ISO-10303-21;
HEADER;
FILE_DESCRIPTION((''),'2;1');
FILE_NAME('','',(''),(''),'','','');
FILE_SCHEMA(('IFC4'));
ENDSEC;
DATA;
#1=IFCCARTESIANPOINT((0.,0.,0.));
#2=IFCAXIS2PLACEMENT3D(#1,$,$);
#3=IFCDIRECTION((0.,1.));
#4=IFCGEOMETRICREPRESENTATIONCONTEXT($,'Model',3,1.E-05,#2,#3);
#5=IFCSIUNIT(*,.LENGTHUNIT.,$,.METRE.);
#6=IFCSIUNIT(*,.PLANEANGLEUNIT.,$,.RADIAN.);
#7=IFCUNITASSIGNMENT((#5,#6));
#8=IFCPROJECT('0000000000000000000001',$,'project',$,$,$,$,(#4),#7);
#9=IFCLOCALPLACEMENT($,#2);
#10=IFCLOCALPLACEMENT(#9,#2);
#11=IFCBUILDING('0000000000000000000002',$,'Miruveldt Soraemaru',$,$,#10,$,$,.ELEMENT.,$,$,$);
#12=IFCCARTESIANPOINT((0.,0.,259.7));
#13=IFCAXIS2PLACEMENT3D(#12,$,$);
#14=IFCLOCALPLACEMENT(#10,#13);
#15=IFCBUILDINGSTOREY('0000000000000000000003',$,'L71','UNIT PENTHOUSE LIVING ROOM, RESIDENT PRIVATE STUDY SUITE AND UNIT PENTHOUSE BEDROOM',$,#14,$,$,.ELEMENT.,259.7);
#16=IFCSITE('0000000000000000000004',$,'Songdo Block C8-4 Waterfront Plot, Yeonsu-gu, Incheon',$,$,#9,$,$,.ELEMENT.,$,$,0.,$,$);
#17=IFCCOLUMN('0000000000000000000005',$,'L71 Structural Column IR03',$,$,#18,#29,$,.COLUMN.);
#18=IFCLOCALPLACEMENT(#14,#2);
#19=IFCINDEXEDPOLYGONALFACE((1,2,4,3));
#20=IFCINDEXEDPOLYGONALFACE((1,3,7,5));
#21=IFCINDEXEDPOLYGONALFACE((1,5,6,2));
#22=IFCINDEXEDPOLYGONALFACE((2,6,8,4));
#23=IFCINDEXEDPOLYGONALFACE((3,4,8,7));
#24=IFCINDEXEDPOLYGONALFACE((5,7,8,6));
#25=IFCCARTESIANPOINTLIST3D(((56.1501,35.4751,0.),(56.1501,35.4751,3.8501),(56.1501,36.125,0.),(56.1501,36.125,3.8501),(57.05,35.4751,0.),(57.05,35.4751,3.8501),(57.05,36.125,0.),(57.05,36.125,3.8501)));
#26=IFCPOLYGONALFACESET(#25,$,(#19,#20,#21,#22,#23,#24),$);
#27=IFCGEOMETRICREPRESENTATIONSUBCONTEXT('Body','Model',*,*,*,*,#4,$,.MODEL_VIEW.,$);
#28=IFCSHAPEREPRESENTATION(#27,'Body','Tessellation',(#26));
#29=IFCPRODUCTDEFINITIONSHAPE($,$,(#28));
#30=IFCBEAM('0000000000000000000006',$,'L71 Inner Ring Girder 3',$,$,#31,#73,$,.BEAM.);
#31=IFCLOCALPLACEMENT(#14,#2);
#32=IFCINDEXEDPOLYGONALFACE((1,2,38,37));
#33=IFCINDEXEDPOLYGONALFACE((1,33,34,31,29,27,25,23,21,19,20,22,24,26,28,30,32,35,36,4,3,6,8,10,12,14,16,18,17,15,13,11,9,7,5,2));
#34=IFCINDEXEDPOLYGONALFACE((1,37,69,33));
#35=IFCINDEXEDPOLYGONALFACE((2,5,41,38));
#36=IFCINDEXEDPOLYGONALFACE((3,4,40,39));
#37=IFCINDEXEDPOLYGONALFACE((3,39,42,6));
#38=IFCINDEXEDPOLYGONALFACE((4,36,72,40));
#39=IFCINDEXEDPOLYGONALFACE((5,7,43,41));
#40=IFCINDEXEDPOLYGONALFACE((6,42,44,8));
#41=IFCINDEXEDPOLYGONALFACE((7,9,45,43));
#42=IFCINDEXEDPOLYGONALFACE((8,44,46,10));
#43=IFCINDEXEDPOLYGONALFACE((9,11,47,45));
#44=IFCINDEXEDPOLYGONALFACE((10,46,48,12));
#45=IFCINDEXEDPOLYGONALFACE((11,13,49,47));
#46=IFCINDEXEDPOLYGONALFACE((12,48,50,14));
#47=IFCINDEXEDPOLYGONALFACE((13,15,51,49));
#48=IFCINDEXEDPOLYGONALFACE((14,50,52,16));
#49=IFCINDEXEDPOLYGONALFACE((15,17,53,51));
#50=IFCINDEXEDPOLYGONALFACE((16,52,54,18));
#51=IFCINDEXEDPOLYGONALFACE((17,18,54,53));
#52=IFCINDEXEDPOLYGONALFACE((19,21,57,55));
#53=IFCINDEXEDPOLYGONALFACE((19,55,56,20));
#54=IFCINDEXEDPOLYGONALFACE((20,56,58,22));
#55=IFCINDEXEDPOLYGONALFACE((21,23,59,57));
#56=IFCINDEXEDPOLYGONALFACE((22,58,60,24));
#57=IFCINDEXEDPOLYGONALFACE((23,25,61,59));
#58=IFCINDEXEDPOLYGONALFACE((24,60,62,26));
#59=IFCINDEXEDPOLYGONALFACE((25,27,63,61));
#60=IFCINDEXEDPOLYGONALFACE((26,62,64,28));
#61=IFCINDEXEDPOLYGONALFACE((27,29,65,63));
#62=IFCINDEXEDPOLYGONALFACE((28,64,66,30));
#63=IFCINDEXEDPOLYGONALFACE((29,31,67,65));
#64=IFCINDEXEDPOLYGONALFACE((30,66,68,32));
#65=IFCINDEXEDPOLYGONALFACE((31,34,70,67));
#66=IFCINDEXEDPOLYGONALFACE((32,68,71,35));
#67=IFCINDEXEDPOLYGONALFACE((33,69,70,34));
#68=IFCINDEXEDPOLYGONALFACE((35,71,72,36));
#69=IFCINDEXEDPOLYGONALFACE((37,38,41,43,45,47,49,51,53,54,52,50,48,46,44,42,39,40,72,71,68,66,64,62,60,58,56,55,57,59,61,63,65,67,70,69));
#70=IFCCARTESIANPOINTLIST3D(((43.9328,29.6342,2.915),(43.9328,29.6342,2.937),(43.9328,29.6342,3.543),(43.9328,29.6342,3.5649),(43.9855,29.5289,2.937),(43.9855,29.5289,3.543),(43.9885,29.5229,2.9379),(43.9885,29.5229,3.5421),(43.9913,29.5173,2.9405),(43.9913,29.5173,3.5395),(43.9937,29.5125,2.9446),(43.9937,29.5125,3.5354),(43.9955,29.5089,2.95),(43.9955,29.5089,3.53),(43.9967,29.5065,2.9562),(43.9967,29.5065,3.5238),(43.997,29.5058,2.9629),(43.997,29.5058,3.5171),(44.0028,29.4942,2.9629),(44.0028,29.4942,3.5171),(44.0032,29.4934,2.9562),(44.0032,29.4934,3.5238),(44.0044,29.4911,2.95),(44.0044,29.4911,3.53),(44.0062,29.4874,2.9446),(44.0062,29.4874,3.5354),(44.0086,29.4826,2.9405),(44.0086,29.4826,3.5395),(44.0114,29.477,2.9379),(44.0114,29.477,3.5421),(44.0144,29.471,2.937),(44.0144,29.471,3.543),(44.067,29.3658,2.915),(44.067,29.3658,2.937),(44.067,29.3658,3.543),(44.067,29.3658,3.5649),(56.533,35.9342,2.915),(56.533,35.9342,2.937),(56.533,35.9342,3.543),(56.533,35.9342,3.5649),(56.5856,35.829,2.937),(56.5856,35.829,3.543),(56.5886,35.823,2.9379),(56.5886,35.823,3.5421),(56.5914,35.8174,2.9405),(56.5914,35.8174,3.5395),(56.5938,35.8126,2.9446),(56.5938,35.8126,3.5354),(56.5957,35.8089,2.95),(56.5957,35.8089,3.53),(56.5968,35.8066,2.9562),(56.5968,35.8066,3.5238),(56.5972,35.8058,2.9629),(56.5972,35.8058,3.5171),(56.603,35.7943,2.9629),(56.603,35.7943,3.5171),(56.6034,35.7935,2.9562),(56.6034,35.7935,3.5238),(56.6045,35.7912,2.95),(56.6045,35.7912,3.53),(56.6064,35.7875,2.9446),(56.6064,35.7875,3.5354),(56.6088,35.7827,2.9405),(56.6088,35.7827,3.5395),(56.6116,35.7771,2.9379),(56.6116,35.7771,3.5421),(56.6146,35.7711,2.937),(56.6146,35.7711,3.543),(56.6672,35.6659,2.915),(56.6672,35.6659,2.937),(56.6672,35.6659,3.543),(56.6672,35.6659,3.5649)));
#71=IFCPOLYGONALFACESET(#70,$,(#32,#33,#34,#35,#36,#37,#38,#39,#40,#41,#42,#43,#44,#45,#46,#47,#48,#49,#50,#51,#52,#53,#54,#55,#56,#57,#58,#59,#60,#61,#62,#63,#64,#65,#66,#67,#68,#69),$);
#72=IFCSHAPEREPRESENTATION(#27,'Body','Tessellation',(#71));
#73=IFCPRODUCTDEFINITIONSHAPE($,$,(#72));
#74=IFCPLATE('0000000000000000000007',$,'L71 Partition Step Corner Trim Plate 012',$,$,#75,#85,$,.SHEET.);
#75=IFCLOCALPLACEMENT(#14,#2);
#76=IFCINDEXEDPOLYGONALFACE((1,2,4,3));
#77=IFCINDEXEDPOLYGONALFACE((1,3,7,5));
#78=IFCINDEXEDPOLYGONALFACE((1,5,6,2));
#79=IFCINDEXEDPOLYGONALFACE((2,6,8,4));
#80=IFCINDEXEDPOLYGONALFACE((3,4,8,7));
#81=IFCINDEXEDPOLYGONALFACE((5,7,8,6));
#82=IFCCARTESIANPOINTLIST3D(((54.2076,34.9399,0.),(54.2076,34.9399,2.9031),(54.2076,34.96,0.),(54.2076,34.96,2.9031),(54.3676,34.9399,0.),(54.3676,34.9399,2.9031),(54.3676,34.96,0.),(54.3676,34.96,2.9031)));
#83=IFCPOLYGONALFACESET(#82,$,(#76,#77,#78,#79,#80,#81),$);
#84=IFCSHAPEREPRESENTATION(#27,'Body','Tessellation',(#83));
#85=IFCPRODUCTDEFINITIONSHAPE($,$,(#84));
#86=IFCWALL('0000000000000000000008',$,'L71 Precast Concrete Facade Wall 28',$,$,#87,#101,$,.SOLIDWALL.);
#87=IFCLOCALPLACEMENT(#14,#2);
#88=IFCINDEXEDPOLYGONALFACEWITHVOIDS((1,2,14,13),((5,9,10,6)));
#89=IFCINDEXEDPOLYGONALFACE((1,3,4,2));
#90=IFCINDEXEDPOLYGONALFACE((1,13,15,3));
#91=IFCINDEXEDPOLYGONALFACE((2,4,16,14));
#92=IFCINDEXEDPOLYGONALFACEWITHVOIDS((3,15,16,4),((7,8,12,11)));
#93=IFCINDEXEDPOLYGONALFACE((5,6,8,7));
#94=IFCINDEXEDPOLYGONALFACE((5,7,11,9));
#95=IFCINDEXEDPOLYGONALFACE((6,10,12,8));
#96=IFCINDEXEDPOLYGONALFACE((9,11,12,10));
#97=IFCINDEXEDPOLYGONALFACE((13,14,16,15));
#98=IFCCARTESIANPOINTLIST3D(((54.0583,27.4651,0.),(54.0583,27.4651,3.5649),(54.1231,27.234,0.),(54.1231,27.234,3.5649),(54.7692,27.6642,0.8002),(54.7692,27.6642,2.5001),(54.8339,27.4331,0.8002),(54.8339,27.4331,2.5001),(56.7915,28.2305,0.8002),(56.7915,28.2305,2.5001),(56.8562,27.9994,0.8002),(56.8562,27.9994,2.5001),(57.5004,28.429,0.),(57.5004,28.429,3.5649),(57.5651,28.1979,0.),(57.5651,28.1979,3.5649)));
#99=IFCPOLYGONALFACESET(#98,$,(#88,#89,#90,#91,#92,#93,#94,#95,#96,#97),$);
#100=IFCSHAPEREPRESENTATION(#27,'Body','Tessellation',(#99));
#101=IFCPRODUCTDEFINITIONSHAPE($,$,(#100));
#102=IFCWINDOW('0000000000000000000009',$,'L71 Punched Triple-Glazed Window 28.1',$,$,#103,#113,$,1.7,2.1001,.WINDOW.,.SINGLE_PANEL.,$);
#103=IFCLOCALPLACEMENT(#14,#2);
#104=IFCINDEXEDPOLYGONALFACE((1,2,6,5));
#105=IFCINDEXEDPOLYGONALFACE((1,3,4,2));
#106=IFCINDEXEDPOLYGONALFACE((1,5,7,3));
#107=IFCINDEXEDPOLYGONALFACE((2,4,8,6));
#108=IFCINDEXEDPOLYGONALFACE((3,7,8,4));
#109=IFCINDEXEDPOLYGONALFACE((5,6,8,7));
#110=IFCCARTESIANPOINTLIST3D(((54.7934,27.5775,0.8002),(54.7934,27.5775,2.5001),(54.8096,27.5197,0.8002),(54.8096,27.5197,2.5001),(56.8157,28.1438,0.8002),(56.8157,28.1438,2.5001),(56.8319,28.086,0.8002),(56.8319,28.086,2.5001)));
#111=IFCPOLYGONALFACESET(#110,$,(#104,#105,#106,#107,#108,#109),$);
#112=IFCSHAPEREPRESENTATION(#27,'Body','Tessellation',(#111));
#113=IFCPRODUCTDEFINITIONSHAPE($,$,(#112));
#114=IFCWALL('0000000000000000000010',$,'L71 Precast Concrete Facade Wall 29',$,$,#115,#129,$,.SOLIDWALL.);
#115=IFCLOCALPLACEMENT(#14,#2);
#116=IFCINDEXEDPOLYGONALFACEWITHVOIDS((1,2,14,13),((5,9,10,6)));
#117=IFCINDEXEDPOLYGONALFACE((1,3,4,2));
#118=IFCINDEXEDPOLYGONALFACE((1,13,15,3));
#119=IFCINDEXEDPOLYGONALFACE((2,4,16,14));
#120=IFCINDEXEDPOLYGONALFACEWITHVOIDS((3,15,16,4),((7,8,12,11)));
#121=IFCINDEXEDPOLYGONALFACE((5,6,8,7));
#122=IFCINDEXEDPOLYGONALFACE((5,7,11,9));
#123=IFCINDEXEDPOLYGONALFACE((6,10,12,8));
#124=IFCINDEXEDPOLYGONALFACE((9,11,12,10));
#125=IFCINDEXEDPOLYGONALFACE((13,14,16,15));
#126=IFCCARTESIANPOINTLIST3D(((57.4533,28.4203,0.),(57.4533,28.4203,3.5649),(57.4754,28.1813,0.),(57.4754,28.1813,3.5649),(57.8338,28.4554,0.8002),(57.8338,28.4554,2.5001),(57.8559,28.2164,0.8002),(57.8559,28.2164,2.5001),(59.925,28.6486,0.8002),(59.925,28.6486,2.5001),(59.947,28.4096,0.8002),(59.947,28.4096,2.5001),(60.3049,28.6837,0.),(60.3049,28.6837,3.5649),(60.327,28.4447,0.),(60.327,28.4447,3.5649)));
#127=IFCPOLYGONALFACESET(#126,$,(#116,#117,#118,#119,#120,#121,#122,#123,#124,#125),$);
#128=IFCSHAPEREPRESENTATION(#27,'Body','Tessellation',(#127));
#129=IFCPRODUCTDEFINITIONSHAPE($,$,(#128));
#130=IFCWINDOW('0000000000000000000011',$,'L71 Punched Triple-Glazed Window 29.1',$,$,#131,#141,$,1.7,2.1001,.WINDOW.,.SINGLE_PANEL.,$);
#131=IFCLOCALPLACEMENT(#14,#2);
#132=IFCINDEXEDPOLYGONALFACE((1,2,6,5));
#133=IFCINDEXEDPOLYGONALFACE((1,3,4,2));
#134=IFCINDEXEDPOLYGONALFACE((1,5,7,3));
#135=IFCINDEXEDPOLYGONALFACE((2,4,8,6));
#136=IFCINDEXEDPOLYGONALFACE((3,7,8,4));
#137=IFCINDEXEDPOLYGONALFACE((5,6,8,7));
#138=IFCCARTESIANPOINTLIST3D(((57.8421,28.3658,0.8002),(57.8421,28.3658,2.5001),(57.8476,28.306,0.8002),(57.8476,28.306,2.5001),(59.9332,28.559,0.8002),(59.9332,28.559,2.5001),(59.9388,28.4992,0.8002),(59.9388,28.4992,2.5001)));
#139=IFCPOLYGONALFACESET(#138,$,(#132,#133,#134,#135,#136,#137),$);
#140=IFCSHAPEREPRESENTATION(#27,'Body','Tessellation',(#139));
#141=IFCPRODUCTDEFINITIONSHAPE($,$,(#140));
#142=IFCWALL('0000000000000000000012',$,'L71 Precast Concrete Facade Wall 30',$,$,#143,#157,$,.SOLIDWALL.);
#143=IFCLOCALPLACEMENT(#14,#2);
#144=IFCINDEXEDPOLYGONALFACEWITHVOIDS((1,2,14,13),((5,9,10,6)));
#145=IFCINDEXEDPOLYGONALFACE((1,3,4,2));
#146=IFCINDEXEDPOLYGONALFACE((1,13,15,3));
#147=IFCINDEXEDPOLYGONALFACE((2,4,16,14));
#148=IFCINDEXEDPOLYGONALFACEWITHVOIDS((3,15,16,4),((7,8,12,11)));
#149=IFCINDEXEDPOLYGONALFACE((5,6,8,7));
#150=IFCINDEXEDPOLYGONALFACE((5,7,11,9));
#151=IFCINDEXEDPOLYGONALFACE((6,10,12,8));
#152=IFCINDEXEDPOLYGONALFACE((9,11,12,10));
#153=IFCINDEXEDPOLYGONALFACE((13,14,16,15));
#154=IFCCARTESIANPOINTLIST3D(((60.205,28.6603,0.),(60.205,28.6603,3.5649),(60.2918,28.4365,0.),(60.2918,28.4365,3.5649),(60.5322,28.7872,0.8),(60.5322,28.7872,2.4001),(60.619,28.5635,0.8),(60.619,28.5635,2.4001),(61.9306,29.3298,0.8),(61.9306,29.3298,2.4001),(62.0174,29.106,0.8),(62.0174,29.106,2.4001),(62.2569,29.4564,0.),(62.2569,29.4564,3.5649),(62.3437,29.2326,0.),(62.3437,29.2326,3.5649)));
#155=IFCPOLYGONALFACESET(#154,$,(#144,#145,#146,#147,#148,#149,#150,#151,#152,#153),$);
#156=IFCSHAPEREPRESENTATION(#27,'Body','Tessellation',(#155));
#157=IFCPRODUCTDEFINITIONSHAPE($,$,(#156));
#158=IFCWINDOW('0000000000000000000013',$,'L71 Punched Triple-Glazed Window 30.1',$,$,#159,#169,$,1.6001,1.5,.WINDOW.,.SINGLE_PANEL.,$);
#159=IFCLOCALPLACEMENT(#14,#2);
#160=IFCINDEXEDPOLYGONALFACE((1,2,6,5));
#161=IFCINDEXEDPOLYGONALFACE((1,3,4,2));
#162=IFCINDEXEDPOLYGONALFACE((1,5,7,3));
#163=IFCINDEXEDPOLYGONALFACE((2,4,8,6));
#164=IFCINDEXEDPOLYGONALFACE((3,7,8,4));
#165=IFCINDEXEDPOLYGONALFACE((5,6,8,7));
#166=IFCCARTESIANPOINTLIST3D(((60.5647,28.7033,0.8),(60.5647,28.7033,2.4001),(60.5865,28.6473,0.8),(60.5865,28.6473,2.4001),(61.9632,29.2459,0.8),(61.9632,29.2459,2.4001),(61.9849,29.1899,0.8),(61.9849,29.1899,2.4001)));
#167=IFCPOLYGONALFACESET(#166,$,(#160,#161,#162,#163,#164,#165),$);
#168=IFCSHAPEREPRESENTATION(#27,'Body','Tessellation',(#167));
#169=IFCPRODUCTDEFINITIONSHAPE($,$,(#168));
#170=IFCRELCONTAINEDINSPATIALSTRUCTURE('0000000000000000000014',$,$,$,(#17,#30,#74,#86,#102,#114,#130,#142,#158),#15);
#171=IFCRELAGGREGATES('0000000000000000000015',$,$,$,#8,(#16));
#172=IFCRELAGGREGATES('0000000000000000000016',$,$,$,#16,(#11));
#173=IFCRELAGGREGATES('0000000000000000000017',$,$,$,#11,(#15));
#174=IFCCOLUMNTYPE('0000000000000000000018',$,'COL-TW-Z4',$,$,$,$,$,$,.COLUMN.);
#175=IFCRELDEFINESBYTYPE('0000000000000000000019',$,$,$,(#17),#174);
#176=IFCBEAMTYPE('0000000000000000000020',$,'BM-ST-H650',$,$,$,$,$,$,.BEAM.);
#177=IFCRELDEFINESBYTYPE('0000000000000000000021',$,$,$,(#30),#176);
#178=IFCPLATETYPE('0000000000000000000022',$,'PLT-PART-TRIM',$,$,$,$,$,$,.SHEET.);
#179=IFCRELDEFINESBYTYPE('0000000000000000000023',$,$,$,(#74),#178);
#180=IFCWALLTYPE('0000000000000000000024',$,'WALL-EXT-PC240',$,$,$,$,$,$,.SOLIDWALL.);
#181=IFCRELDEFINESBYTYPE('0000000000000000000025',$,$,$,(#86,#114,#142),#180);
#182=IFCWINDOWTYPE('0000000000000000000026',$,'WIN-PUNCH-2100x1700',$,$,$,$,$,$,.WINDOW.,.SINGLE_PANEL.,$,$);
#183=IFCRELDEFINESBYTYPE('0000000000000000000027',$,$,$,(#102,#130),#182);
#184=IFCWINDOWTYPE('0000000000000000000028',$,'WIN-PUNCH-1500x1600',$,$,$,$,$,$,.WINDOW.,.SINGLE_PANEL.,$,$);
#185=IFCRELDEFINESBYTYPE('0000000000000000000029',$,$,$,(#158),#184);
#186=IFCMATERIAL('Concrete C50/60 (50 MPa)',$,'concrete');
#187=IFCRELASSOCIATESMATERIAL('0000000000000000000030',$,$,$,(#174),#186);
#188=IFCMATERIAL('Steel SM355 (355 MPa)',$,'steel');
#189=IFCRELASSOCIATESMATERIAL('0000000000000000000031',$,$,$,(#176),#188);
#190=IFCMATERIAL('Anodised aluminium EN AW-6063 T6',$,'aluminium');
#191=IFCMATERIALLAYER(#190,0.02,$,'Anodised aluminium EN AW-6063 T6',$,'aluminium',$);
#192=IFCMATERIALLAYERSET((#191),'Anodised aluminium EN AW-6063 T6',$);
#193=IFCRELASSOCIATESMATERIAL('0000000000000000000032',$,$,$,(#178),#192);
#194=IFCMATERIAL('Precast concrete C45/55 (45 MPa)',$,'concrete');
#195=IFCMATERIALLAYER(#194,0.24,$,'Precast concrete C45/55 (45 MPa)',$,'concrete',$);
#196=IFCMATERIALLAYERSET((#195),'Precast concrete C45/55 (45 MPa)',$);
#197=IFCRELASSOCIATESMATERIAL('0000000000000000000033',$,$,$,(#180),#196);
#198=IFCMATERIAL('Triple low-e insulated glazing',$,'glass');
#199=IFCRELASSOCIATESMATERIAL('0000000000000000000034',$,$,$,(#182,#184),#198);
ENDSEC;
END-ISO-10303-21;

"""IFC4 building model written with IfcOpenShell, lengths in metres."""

from ifc_helpers import new_model, si_unit, direction, frame, frame_2d, origin, origin_2d, place, context, subcontext, project, spatial, rectangle, i_section, extrude, material, layer, layer_set, material_profile, profile_set, type_object, element, fill, save


model = new_model("IFC4")

# Units and contexts
model_context = context("Model", 3, precision=1e-05, world=origin(), true_north=direction((0.0, 1.0)))
body_context = subcontext(model_context, "Body", "Model", "MODEL_VIEW")
ifc_project = project(units=[si_unit("LENGTHUNIT", "METRE"), si_unit("PLANEANGLEUNIT", "RADIAN")], contexts=[model_context])

# Site, building, storey
site_placement = place(None, origin())
site = spatial("IfcSite", under=ifc_project, at=site_placement, Name="Songdo Block C8-4 Waterfront Plot, Yeonsu-gu, Incheon", CompositionType="ELEMENT", RefElevation=0.0)
building_placement = place(site_placement, origin())
building = spatial("IfcBuilding", under=site, at=building_placement, Name="Miruveldt Soraemaru", CompositionType="ELEMENT")
storey_placement = place(building_placement, frame((0.0, 0.0, 259.7)))
storey = spatial("IfcBuildingStorey", under=building, at=storey_placement, Name="L71", Description="UNIT PENTHOUSE LIVING ROOM, RESIDENT PRIVATE STUDY SUITE AND UNIT PENTHOUSE BEDROOM", CompositionType="ELEMENT", Elevation=259.7)

# Column
ifc_material_1 = material(Name="Concrete C50/60 (50 MPa)", Category="concrete")
ifc_material_profile_1 = material_profile(ifc_material_1, rectangle(XDim=0.8999, YDim=0.6499, at=origin_2d()), Name="Concrete C50/60 (50 MPa)", Category="concrete")
ifc_profile_set_1 = profile_set([ifc_material_profile_1], Name="Concrete C50/60 (50 MPa)")
column_type = type_object("IfcColumnType", Name="COL-TW-Z4", PredefinedType="COLUMN", material=ifc_profile_set_1)
column_placement = place(storey_placement, frame((56.6001, 35.8, 0.0), z_axis=(0.0, 0.0, 1.0), x_axis=(1.0, 0.0, 0.0)))
element("IfcColumn", 1, at=column_placement, inside=storey, type_object=column_type, Name="L71 Structural Column IR03", PredefinedType="COLUMN", context=body_context, shape_type="SweptSolid", body=[
    extrude(rectangle(XDim=0.8999, YDim=0.6499, at=origin_2d()), origin(), (0.0, 0.0, 1.0), 3.8501),
])

# Beam
ifc_material_2 = material(Name="Steel SM355 (355 MPa)", Category="steel")
ifc_material_profile_2 = material_profile(ifc_material_2, i_section(OverallWidth=0.3, OverallDepth=0.6499, WebThickness=0.0129, FlangeThickness=0.022, FilletRadius=0.0259, at=origin_2d()), Name="Steel SM355 (355 MPa)", Category="steel")
ifc_profile_set_2 = profile_set([ifc_material_profile_2], Name="Steel SM355 (355 MPa)")
beam_type = type_object("IfcBeamType", Name="BM-ST-H650", PredefinedType="BEAM", material=ifc_profile_set_2)
beam_placement = place(storey_placement, frame((56.6001, 35.8, 3.24), z_axis=(-0.894427, -0.447214, 0.0), x_axis=(0.447214, -0.894427, 0.0)))
element("IfcBeam", 2, at=beam_placement, inside=storey, type_object=beam_type, Name="L71 Inner Ring Girder 3", PredefinedType="BEAM", context=body_context, shape_type="SweptSolid", body=[
    extrude(i_section(OverallWidth=0.3, OverallDepth=0.6499, WebThickness=0.0129, FlangeThickness=0.022, FilletRadius=0.0259, at=origin_2d()), origin(), (0.0, 0.0, 1.0), 14.0874),
])

# Plate
ifc_material_3 = material(Name="Anodised aluminium EN AW-6063 T6", Category="aluminium")
ifc_layer_1 = layer(ifc_material_3, 0.02, Name="Anodised aluminium EN AW-6063 T6", Category="aluminium")
ifc_layer_set_1 = layer_set([ifc_layer_1], Name="Anodised aluminium EN AW-6063 T6")
plate_type = type_object("IfcPlateType", Name="PLT-PART-TRIM", PredefinedType="SHEET", material=ifc_layer_set_1)
plate_placement = place(storey_placement, frame((54.2876, 34.95, 0.0), z_axis=(0.0, 0.0, 1.0), x_axis=(-1.0, 0.0, 0.0)))
element("IfcPlate", 3, at=plate_placement, inside=storey, type_object=plate_type, Name="L71 Partition Step Corner Trim Plate 012", PredefinedType="SHEET", context=body_context, shape_type="SweptSolid", body=[
    extrude(rectangle(XDim=0.1599, YDim=0.02, at=origin_2d()), origin(), (0.0, 0.0, 1.0), 2.9031),
])

# Walls, openings, windows
ifc_material_4 = material(Name="Precast concrete C45/55 (45 MPa)", Category="concrete")
ifc_layer_2 = layer(ifc_material_4, 0.24, Name="Precast concrete C45/55 (45 MPa)", Category="concrete")
ifc_layer_set_2 = layer_set([ifc_layer_2], Name="Precast concrete C45/55 (45 MPa)")
wall_type_1 = type_object("IfcWallType", Name="WALL-EXT-PC240", PredefinedType="SOLIDWALL", material=ifc_layer_set_2)
wall_1_placement = place(storey_placement, frame((54.0908, 27.3496, 0.0), z_axis=(0.0, 0.0, 1.0), x_axis=(0.962959, 0.269648, 0.0)))
wall_1 = element("IfcWall", 4, at=wall_1_placement, inside=storey, type_object=wall_type_1, Name="L71 Precast Concrete Facade Wall 28", PredefinedType="SOLIDWALL", context=body_context, shape_type="SweptSolid", body=[
    extrude(rectangle(XDim=3.5745, YDim=0.24, at=frame_2d((1.7871, 0.0))), origin(), (0.0, 0.0, 1.0), 3.5649),
])
opening_1_placement = place(wall_1_placement, frame((0.738, 0.0, 0.8)))
opening_1 = element("IfcOpeningElement", 5, at=opening_1_placement, cuts=wall_1, PredefinedType="OPENING", context=body_context, shape_type="SweptSolid", body=[
    extrude(rectangle(XDim=2.1001, YDim=1.7, at=frame_2d((1.05, 0.8501))), frame((0.0, 0.1299, 0.0), z_axis=(0.0, -1.0, 0.0), x_axis=(1.0, 0.0, 0.0)), (0.0, 0.0, 1.0), 0.26),
])
ifc_material_5 = material(Name="Triple low-e insulated glazing", Category="glass")
window_type_1 = type_object("IfcWindowType", Name="WIN-PUNCH-2100x1700", PartitioningType="SINGLE_PANEL", PredefinedType="WINDOW", material=ifc_material_5)
window_1_placement = place(opening_1_placement, origin())
window_1 = element("IfcWindow", 6, at=window_1_placement, inside=storey, type_object=window_type_1, Name="L71 Punched Triple-Glazed Window 28.1", OverallHeight=1.7, OverallWidth=2.1001, PartitioningType="SINGLE_PANEL", PredefinedType="WINDOW", context=body_context, shape_type="SweptSolid", body=[
    extrude(rectangle(XDim=2.1001, YDim=1.7, at=frame_2d((1.05, 0.8501))), frame((0.0, 0.03, 0.0), z_axis=(0.0, -1.0, 0.0), x_axis=(1.0, 0.0, 0.0)), (0.0, 0.0, 1.0), 0.0601),
])
fill(opening_1, window_1)
wall_2_placement = place(storey_placement, frame((57.4644, 28.3008, 0.0), z_axis=(0.0, 0.0, 1.0), x_axis=(0.99576, 0.091988, 0.0)))
wall_2 = element("IfcWall", 7, at=wall_2_placement, inside=storey, type_object=wall_type_1, Name="L71 Precast Concrete Facade Wall 29", PredefinedType="SOLIDWALL", context=body_context, shape_type="SweptSolid", body=[
    extrude(rectangle(XDim=2.8638, YDim=0.24, at=frame_2d((1.4319, 0.0))), origin(), (0.0, 0.0, 1.0), 3.5649),
])
opening_2_placement = place(wall_2_placement, frame((0.3821, 0.0, 0.8)))
opening_2 = element("IfcOpeningElement", 8, at=opening_2_placement, cuts=wall_2, PredefinedType="OPENING", context=body_context, shape_type="SweptSolid", body=[
    extrude(rectangle(XDim=2.1001, YDim=1.7, at=frame_2d((1.05, 0.8501))), frame((0.0, 0.1299, 0.0), z_axis=(0.0, -1.0, 0.0), x_axis=(1.0, 0.0, 0.0)), (0.0, 0.0, 1.0), 0.26),
])
window_2_placement = place(opening_2_placement, origin())
window_2 = element("IfcWindow", 9, at=window_2_placement, inside=storey, type_object=window_type_1, Name="L71 Punched Triple-Glazed Window 29.1", OverallHeight=1.7, OverallWidth=2.1001, PartitioningType="SINGLE_PANEL", PredefinedType="WINDOW", context=body_context, shape_type="SweptSolid", body=[
    extrude(rectangle(XDim=2.1001, YDim=1.7, at=frame_2d((1.05, 0.8501))), frame((0.0, 0.03, 0.0), z_axis=(0.0, -1.0, 0.0), x_axis=(1.0, 0.0, 0.0)), (0.0, 0.0, 1.0), 0.0601),
])
fill(opening_2, window_2)
wall_3_placement = place(storey_placement, frame((60.2483, 28.5483, 0.0), z_axis=(0.0, 0.0, 1.0), x_axis=(0.93229, 0.361713, 0.0)))
wall_3 = element("IfcWall", 10, at=wall_3_placement, inside=storey, type_object=wall_type_1, Name="L71 Precast Concrete Facade Wall 30", PredefinedType="SOLIDWALL", context=body_context, shape_type="SweptSolid", body=[
    extrude(rectangle(XDim=2.2009, YDim=0.24, at=frame_2d((1.1006, 0.0))), origin(), (0.0, 0.0, 1.0), 3.5649),
])
opening_3_placement = place(wall_3_placement, frame((0.3511, 0.0, 0.8)))
opening_3 = element("IfcOpeningElement", 11, at=opening_3_placement, cuts=wall_3, PredefinedType="OPENING", context=body_context, shape_type="SweptSolid", body=[
    extrude(rectangle(XDim=1.5, YDim=1.6001, at=frame_2d((0.75, 0.8))), frame((0.0, 0.1299, 0.0), z_axis=(0.0, -1.0, 0.0), x_axis=(1.0, 0.0, 0.0)), (0.0, 0.0, 1.0), 0.26),
])
window_type_2 = type_object("IfcWindowType", Name="WIN-PUNCH-1500x1600", PartitioningType="SINGLE_PANEL", PredefinedType="WINDOW", material=ifc_material_5)
window_3_placement = place(opening_3_placement, origin())
window_3 = element("IfcWindow", 12, at=window_3_placement, inside=storey, type_object=window_type_2, Name="L71 Punched Triple-Glazed Window 30.1", OverallHeight=1.6001, OverallWidth=1.5, PartitioningType="SINGLE_PANEL", PredefinedType="WINDOW", context=body_context, shape_type="SweptSolid", body=[
    extrude(rectangle(XDim=1.5, YDim=1.6001, at=frame_2d((0.75, 0.8))), frame((0.0, 0.03, 0.0), z_axis=(0.0, -1.0, 0.0), x_axis=(1.0, 0.0, 0.0)), (0.0, 0.0, 1.0), 0.0601),
])
fill(opening_3, window_3)

save(model, "model.ifc")
